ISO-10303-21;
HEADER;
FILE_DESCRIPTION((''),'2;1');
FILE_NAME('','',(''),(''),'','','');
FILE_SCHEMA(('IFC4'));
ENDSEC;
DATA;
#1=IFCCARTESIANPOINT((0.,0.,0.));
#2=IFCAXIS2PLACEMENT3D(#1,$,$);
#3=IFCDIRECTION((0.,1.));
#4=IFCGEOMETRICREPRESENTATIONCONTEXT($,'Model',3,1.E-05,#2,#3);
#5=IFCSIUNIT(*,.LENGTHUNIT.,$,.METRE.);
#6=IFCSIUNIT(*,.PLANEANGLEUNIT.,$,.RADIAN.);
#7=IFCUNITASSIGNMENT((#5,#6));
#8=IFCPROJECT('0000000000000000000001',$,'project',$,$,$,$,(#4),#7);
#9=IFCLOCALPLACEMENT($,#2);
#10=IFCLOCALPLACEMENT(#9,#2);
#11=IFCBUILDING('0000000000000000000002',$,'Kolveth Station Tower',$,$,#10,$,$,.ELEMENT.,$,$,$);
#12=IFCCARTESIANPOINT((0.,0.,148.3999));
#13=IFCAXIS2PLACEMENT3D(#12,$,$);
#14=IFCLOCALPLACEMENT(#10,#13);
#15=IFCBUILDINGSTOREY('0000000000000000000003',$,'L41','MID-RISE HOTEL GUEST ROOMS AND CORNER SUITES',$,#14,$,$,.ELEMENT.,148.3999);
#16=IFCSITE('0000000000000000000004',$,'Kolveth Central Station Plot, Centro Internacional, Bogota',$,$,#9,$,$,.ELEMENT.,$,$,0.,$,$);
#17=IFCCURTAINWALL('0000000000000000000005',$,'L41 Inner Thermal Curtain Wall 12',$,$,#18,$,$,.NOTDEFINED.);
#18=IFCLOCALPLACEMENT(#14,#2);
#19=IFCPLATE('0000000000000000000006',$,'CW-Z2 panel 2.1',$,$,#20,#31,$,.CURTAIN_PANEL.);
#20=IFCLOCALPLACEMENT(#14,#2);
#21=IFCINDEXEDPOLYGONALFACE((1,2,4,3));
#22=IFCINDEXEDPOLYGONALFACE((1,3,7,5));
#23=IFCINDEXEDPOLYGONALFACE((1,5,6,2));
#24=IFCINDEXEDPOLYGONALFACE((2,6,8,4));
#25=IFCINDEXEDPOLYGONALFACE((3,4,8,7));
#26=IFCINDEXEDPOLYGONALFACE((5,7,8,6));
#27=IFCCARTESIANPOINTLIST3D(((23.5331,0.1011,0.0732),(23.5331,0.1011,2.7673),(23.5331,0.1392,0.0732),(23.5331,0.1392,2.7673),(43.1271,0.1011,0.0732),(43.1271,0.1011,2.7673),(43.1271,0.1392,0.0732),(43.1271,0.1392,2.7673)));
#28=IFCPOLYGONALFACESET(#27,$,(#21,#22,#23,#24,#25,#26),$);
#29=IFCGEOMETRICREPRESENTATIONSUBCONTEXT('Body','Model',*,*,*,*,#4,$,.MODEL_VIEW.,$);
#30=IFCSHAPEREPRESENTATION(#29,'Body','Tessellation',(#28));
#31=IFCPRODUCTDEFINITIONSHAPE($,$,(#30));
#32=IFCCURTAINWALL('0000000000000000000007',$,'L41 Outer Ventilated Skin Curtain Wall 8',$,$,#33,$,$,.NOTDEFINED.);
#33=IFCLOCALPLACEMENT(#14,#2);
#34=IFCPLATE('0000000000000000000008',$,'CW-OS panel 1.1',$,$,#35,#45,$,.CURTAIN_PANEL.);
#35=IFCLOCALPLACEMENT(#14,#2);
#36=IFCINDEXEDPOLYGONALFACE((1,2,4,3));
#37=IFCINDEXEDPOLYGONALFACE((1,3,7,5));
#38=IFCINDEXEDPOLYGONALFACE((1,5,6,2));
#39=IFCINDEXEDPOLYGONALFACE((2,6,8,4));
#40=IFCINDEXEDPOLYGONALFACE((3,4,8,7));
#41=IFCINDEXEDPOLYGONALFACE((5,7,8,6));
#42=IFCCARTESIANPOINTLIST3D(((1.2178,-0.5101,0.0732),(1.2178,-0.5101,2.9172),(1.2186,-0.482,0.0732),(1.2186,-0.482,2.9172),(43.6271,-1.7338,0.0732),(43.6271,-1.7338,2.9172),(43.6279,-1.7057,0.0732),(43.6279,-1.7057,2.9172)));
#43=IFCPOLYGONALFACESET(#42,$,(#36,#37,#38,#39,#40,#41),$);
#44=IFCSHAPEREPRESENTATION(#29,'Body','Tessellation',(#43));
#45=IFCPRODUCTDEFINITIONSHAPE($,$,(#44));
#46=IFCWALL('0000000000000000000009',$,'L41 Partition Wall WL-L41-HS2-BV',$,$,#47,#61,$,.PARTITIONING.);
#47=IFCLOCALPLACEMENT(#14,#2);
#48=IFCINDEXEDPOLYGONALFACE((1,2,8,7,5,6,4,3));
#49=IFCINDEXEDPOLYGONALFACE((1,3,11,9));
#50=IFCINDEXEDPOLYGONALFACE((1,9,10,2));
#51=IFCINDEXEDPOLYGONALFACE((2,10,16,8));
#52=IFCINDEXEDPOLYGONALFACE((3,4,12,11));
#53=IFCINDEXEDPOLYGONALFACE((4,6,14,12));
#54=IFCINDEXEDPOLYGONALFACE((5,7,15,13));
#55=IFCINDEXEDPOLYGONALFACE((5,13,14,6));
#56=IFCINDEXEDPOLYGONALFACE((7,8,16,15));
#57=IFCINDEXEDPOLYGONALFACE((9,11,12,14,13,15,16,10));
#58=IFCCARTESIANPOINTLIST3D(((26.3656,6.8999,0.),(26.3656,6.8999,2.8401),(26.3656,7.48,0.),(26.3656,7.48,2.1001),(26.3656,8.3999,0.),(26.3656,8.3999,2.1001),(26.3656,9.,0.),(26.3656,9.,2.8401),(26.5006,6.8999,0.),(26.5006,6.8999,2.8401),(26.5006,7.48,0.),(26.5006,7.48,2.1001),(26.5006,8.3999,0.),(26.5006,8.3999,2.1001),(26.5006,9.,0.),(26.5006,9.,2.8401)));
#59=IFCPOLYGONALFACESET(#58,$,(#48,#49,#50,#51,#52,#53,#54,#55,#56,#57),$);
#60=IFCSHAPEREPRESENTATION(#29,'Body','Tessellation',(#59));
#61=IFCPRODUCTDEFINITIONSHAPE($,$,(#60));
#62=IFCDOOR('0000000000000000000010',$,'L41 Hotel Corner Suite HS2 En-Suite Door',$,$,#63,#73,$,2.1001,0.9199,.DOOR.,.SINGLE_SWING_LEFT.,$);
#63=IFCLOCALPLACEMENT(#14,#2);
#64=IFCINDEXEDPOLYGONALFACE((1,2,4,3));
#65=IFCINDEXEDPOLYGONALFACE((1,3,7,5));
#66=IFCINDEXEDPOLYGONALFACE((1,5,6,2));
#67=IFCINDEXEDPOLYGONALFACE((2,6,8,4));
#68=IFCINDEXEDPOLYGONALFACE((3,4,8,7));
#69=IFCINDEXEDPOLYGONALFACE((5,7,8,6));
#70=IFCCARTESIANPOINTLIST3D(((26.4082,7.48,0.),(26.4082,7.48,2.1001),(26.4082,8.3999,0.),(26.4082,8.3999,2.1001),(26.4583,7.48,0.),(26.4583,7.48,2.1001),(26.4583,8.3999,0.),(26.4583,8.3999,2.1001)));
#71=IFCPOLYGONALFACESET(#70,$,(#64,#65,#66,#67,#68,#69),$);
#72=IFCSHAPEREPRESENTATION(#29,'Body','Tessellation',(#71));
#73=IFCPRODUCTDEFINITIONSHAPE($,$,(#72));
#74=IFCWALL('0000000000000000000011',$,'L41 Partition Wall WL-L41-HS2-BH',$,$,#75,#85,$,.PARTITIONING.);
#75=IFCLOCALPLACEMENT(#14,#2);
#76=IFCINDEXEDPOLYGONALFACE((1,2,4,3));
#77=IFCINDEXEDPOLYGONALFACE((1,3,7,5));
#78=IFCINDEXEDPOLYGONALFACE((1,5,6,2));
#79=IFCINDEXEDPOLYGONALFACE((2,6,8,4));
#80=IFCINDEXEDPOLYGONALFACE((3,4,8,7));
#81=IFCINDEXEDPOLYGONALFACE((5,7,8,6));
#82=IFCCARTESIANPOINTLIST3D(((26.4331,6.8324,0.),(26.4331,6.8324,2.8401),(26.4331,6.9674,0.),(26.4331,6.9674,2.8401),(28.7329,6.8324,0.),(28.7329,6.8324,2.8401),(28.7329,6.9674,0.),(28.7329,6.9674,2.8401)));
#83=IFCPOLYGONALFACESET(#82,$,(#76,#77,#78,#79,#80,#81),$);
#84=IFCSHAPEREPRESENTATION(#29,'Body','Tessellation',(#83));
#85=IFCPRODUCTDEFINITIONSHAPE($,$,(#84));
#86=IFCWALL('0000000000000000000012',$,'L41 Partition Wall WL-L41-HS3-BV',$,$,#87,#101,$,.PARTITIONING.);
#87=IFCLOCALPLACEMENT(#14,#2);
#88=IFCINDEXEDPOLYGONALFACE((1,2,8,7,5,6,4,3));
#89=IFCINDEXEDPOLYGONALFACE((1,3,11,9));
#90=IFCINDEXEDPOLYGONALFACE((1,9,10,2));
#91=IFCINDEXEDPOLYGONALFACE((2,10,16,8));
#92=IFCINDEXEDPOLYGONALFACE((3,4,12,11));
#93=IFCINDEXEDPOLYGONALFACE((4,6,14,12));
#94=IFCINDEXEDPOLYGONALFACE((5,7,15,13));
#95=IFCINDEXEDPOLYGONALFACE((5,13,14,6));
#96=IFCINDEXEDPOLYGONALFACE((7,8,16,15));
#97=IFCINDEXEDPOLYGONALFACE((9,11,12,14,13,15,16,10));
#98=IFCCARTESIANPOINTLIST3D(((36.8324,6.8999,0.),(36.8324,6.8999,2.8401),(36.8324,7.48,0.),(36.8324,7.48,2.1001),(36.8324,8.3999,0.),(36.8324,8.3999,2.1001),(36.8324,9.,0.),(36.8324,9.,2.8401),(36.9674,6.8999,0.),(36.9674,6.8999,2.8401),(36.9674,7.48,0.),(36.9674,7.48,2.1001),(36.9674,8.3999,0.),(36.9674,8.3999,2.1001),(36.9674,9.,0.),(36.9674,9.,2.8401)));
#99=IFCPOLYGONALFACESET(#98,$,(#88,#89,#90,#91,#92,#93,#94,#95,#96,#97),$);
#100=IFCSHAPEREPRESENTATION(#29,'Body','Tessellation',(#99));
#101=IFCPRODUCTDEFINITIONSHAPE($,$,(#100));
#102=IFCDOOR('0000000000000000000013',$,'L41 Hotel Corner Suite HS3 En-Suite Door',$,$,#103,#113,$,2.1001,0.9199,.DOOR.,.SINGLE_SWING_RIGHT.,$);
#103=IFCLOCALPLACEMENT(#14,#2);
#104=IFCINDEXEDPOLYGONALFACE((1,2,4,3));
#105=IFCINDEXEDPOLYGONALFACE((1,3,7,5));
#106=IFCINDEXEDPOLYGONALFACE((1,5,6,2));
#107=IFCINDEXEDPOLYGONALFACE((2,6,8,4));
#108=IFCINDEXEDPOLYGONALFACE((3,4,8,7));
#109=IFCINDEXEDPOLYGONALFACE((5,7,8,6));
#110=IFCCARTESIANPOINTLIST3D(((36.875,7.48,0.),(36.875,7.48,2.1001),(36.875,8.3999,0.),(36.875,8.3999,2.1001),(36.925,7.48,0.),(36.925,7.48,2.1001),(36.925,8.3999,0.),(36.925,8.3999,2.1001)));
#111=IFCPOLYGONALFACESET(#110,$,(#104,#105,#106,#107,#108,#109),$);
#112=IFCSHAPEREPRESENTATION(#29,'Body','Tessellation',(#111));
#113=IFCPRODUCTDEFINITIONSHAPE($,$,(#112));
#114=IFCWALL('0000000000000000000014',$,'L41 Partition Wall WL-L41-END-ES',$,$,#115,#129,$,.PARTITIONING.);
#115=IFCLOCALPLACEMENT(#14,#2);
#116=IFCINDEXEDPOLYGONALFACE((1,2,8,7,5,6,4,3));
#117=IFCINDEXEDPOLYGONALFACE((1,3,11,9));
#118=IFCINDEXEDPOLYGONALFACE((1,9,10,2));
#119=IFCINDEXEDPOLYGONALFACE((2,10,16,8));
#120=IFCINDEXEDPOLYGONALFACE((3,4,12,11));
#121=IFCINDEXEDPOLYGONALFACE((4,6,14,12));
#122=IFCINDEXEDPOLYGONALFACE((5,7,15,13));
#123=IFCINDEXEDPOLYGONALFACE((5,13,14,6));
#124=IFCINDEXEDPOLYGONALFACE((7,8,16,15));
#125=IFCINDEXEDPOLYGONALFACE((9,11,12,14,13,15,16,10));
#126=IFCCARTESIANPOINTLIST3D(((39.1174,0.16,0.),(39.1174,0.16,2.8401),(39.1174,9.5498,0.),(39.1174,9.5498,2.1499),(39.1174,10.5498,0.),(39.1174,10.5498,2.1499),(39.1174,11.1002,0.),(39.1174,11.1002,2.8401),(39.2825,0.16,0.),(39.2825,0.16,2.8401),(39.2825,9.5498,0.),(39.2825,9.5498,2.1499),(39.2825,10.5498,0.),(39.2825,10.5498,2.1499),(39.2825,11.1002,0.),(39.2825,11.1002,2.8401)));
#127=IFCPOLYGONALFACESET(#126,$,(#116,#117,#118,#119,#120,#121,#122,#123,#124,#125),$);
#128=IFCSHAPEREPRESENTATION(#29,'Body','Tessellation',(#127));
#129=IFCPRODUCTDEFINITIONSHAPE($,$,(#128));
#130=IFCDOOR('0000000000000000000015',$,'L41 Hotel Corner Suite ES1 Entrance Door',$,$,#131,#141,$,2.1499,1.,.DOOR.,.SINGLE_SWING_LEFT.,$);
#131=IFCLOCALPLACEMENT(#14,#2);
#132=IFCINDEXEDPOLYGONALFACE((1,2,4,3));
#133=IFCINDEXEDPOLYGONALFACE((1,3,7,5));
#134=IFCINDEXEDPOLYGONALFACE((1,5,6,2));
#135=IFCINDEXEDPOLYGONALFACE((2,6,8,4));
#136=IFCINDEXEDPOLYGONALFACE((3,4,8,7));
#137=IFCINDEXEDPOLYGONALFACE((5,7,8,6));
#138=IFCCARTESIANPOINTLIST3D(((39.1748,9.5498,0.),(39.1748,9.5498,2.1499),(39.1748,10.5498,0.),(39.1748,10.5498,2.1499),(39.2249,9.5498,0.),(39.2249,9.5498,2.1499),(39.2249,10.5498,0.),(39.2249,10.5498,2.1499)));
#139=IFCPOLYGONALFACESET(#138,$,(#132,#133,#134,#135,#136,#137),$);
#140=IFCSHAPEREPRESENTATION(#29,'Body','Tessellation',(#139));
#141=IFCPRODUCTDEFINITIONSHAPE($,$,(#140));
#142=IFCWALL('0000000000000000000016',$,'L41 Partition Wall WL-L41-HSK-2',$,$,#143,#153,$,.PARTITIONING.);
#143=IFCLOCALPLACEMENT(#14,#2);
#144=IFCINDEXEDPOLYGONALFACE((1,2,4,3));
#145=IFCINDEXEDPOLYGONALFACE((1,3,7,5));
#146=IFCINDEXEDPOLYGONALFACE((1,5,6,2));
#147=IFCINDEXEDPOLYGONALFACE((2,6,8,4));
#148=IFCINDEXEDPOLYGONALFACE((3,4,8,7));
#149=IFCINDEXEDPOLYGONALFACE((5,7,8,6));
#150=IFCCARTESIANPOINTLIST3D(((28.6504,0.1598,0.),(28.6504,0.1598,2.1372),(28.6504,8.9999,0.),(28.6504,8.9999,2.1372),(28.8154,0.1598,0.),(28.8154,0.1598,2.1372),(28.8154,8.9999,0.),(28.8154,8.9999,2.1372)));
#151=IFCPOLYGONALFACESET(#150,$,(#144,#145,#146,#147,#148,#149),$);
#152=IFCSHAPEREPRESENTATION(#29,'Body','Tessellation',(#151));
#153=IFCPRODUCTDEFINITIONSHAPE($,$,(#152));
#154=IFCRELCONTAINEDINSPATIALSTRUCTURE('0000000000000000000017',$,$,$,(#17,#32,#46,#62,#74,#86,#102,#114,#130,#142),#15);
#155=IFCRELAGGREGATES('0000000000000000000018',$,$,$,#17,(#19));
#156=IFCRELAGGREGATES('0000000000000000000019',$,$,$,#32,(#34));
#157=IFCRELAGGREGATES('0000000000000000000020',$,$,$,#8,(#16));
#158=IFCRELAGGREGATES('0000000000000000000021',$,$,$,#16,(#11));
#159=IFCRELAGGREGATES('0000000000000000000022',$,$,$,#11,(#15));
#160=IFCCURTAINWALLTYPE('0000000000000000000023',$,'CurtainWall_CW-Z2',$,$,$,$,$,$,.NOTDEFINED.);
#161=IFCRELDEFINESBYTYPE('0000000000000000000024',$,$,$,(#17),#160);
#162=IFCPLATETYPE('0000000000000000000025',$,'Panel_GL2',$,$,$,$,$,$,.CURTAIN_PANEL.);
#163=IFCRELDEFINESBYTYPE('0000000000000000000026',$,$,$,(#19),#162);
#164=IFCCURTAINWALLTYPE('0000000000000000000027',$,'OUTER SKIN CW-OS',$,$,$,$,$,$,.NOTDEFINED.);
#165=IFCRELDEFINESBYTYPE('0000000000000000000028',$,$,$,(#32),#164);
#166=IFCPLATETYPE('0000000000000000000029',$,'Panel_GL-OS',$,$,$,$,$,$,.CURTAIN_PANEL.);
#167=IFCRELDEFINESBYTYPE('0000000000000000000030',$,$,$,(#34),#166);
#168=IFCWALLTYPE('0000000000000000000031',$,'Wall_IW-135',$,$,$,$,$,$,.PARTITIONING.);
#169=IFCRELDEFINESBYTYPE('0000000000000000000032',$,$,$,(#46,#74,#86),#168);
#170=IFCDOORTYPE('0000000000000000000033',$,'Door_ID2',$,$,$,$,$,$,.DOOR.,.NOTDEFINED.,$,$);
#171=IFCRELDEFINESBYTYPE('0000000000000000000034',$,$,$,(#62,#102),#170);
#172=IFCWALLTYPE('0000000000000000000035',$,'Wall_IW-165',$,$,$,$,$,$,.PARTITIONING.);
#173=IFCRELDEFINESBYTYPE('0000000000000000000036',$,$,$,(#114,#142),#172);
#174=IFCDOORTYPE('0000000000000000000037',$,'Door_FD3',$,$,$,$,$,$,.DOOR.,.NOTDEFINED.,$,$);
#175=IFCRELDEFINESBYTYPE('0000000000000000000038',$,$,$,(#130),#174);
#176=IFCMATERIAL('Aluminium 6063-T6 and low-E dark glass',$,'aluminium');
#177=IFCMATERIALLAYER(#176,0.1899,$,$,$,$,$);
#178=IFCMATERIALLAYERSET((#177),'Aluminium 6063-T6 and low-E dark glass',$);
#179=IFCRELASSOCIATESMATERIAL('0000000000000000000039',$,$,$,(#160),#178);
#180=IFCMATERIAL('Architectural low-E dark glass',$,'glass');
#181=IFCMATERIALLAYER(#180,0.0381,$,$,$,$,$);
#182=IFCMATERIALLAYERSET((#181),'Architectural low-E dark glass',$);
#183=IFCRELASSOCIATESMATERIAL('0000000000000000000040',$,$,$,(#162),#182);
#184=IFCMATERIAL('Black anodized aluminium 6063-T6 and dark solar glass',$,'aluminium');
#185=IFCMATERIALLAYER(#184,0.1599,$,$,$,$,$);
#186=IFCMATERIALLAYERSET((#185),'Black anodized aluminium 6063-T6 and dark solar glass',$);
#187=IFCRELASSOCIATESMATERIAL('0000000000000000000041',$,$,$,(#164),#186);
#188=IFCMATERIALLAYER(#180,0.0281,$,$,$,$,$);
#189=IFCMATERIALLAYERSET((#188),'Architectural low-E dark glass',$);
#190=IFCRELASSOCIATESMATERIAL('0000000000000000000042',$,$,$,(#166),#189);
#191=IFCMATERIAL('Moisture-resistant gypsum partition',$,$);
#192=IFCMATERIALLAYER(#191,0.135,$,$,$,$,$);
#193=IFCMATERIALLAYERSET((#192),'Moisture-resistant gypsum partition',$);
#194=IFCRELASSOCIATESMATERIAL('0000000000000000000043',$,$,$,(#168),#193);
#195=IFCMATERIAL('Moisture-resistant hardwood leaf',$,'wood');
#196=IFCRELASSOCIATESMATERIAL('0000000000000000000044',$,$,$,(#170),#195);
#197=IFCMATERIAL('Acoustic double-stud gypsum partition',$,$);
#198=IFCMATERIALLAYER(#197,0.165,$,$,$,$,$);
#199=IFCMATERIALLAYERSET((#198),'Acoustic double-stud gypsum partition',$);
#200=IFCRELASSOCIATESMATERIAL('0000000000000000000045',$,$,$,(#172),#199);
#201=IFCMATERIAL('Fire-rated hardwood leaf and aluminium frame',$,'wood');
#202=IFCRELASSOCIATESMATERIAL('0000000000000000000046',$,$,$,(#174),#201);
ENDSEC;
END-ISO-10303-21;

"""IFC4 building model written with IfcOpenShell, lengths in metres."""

from ifc_helpers import new_model, si_unit, direction, frame, frame_2d, origin, origin_2d, place, context, subcontext, project, spatial, rectangle, extrude, source, transform, mapped, material, layer, layer_set, type_object, element, fill, aggregate, save


model = new_model("IFC4")

# Units and contexts
model_context = context("Model", 3, precision=1e-05, world=origin(), true_north=direction((0.0, 1.0)))
body_context = subcontext(model_context, "Body", "Model", "MODEL_VIEW")
ifc_project = project(units=[si_unit("LENGTHUNIT", "METRE"), si_unit("PLANEANGLEUNIT", "RADIAN")], contexts=[model_context])

# Site, building, storey
site_placement = place(None, origin())
site = spatial("IfcSite", under=ifc_project, at=site_placement, Name="Kolveth Central Station Plot, Centro Internacional, Bogota", CompositionType="ELEMENT", RefElevation=0.0)
building_placement = place(site_placement, origin())
building = spatial("IfcBuilding", under=site, at=building_placement, Name="Kolveth Station Tower", CompositionType="ELEMENT")
storey_placement = place(building_placement, frame((0.0, 0.0, 148.3999)))
storey = spatial("IfcBuildingStorey", under=building, at=storey_placement, Name="L41", Description="MID-RISE HOTEL GUEST ROOMS AND CORNER SUITES", CompositionType="ELEMENT", Elevation=148.3999)

# Curtain wall, plate
ifc_material_1 = material(Name="Aluminium 6063-T6 and low-E dark glass", Category="aluminium")
ifc_layer_1 = layer(ifc_material_1, 0.1899)
ifc_layer_set_1 = layer_set([ifc_layer_1], Name="Aluminium 6063-T6 and low-E dark glass")
curtain_wall_type_1 = type_object("IfcCurtainWallType", Name="CurtainWall_CW-Z2", PredefinedType="NOTDEFINED", material=ifc_layer_set_1)
curtain_wall_1_placement = place(storey_placement, origin())
curtain_wall_1 = element("IfcCurtainWall", 1, at=curtain_wall_1_placement, inside=storey, type_object=curtain_wall_type_1, Name="L41 Inner Thermal Curtain Wall 12", PredefinedType="NOTDEFINED")
ifc_material_2 = material(Name="Architectural low-E dark glass", Category="glass")
ifc_layer_2 = layer(ifc_material_2, 0.0381)
ifc_layer_set_2 = layer_set([ifc_layer_2], Name="Architectural low-E dark glass")
plate_type_1 = type_object("IfcPlateType", Name="Panel_GL2", PredefinedType="CURTAIN_PANEL", material=ifc_layer_set_2)
shared_shape_1 = source(origin(), body_context, "Body", "SweptSolid", [
    extrude(rectangle(XDim=19.594, YDim=0.0381, at=origin_2d()), origin(), (0.0, 0.0, 1.0), 2.6941),
])
plate_1_placement = place(storey_placement, frame((33.3301, 0.1201, 0.0732), z_axis=(0.0, 0.0, 1.0), x_axis=(1.0, 0.0, 0.0)))
plate_1 = element("IfcPlate", 2, at=plate_1_placement, type_object=plate_type_1, Name="CW-Z2 panel 2.1", PredefinedType="CURTAIN_PANEL", context=body_context, shape_type="MappedRepresentation", body=[
    mapped(shared_shape_1, transform((0.0, 0.0, 0.0), x_axis=(1.0, 0.0, 0.0), y_axis=(0.0, 1.0, 0.0), z_axis=(0.0, 0.0, 1.0), scale=1.0)),
])
aggregate(curtain_wall_1, [plate_1])

# Curtain wall, plate
ifc_material_3 = material(Name="Black anodized aluminium 6063-T6 and dark solar glass", Category="aluminium")
ifc_layer_3 = layer(ifc_material_3, 0.1599)
ifc_layer_set_3 = layer_set([ifc_layer_3], Name="Black anodized aluminium 6063-T6 and dark solar glass")
curtain_wall_type_2 = type_object("IfcCurtainWallType", Name="OUTER SKIN CW-OS", PredefinedType="NOTDEFINED", material=ifc_layer_set_3)
curtain_wall_2_placement = place(storey_placement, origin())
curtain_wall_2 = element("IfcCurtainWall", 3, at=curtain_wall_2_placement, inside=storey, type_object=curtain_wall_type_2, Name="L41 Outer Ventilated Skin Curtain Wall 8", PredefinedType="NOTDEFINED")
ifc_layer_4 = layer(ifc_material_2, 0.0281)
ifc_layer_set_4 = layer_set([ifc_layer_4], Name="Architectural low-E dark glass")
plate_type_2 = type_object("IfcPlateType", Name="Panel_GL-OS", PredefinedType="CURTAIN_PANEL", material=ifc_layer_set_4)
shared_shape_2 = source(origin(), body_context, "Body", "SweptSolid", [
    extrude(rectangle(XDim=42.427, YDim=0.0281, at=origin_2d()), origin(), (0.0, 0.0, 1.0), 2.844),
])
plate_2_placement = place(storey_placement, frame((22.4229, -1.1079, 0.0732), z_axis=(0.0, 0.0, 1.0), x_axis=(0.999584, -0.028843, 0.0)))
plate_2 = element("IfcPlate", 4, at=plate_2_placement, type_object=plate_type_2, Name="CW-OS panel 1.1", PredefinedType="CURTAIN_PANEL", context=body_context, shape_type="MappedRepresentation", body=[
    mapped(shared_shape_2, transform((0.0, 0.0, 0.0), x_axis=(1.0, 0.0, 0.0), y_axis=(0.0, 1.0, 0.0), z_axis=(0.0, 0.0, 1.0), scale=1.0)),
])
aggregate(curtain_wall_2, [plate_2])

# Wall, opening, door
ifc_material_4 = material(Name="Moisture-resistant gypsum partition")
ifc_layer_5 = layer(ifc_material_4, 0.135)
ifc_layer_set_5 = layer_set([ifc_layer_5], Name="Moisture-resistant gypsum partition")
wall_type_1 = type_object("IfcWallType", Name="Wall_IW-135", PredefinedType="PARTITIONING", material=ifc_layer_set_5)
wall_1_placement = place(storey_placement, frame((26.4331, 6.8999, 0.0), z_axis=(0.0, 0.0, 1.0), x_axis=(0.0, 1.0, 0.0)))
wall_1 = element("IfcWall", 5, at=wall_1_placement, inside=storey, type_object=wall_type_1, Name="L41 Partition Wall WL-L41-HS2-BV", PredefinedType="PARTITIONING", context=body_context, shape_type="SweptSolid", body=[
    extrude(rectangle(XDim=2.1001, YDim=0.135, at=frame_2d((1.05, 0.0))), origin(), (0.0, 0.0, 1.0), 2.8401),
])
opening_1_placement = place(wall_1_placement, frame((0.5801, 0.0, 0.0)))
opening_1 = element("IfcOpeningElement", 6, at=opening_1_placement, cuts=wall_1, PredefinedType="OPENING", context=body_context, shape_type="SweptSolid", body=[
    extrude(rectangle(XDim=0.9199, YDim=2.1001, at=frame_2d((0.46, 1.05))), frame((0.0, 0.0774, 0.0), z_axis=(0.0, -1.0, 0.0), x_axis=(1.0, 0.0, 0.0)), (0.0, 0.0, 1.0), 0.155),
])
ifc_material_5 = material(Name="Moisture-resistant hardwood leaf", Category="wood")
door_type_1 = type_object("IfcDoorType", Name="Door_ID2", OperationType="NOTDEFINED", PredefinedType="DOOR", material=ifc_material_5)
door_1_placement = place(opening_1_placement, origin())
door_1 = element("IfcDoor", 7, at=door_1_placement, inside=storey, type_object=door_type_1, Name="L41 Hotel Corner Suite HS2 En-Suite Door", OperationType="SINGLE_SWING_LEFT", OverallHeight=2.1001, OverallWidth=0.9199, PredefinedType="DOOR", context=body_context, shape_type="SweptSolid", body=[
    extrude(rectangle(XDim=0.9199, YDim=2.1001, at=frame_2d((0.46, 1.05))), frame((0.0, 0.0249, 0.0), z_axis=(0.0, -1.0, 0.0), x_axis=(1.0, 0.0, 0.0)), (0.0, 0.0, 1.0), 0.05),
])
fill(opening_1, door_1)

# Wall
wall_2_placement = place(storey_placement, frame((26.4331, 6.8999, 0.0), z_axis=(0.0, 0.0, 1.0), x_axis=(1.0, 0.0, 0.0)))
element("IfcWall", 8, at=wall_2_placement, inside=storey, type_object=wall_type_1, Name="L41 Partition Wall WL-L41-HS2-BH", PredefinedType="PARTITIONING", context=body_context, shape_type="SweptSolid", body=[
    extrude(rectangle(XDim=2.2998, YDim=0.135, at=frame_2d((1.1499, 0.0))), origin(), (0.0, 0.0, 1.0), 2.8401),
])

# Walls, openings, doors
wall_3_placement = place(storey_placement, frame((36.8999, 6.8999, 0.0), z_axis=(0.0, 0.0, 1.0), x_axis=(0.0, 1.0, 0.0)))
wall_3 = element("IfcWall", 9, at=wall_3_placement, inside=storey, type_object=wall_type_1, Name="L41 Partition Wall WL-L41-HS3-BV", PredefinedType="PARTITIONING", context=body_context, shape_type="SweptSolid", body=[
    extrude(rectangle(XDim=2.1001, YDim=0.135, at=frame_2d((1.05, 0.0))), origin(), (0.0, 0.0, 1.0), 2.8401),
])
opening_2_placement = place(wall_3_placement, frame((0.5801, 0.0, 0.0)))
opening_2 = element("IfcOpeningElement", 10, at=opening_2_placement, cuts=wall_3, PredefinedType="OPENING", context=body_context, shape_type="SweptSolid", body=[
    extrude(rectangle(XDim=0.9199, YDim=2.1001, at=frame_2d((0.46, 1.05))), frame((0.0, 0.0774, 0.0), z_axis=(0.0, -1.0, 0.0), x_axis=(1.0, 0.0, 0.0)), (0.0, 0.0, 1.0), 0.155),
])
door_2_placement = place(opening_2_placement, origin())
door_2 = element("IfcDoor", 11, at=door_2_placement, inside=storey, type_object=door_type_1, Name="L41 Hotel Corner Suite HS3 En-Suite Door", OperationType="SINGLE_SWING_RIGHT", OverallHeight=2.1001, OverallWidth=0.9199, PredefinedType="DOOR", context=body_context, shape_type="SweptSolid", body=[
    extrude(rectangle(XDim=0.9199, YDim=2.1001, at=frame_2d((0.46, 1.05))), frame((0.0, 0.0249, 0.0), z_axis=(0.0, -1.0, 0.0), x_axis=(1.0, 0.0, 0.0)), (0.0, 0.0, 1.0), 0.05),
])
fill(opening_2, door_2)
ifc_material_6 = material(Name="Acoustic double-stud gypsum partition")
ifc_layer_6 = layer(ifc_material_6, 0.165)
ifc_layer_set_6 = layer_set([ifc_layer_6], Name="Acoustic double-stud gypsum partition")
wall_type_2 = type_object("IfcWallType", Name="Wall_IW-165", PredefinedType="PARTITIONING", material=ifc_layer_set_6)
wall_4_placement = place(storey_placement, frame((39.2, 0.1599, 0.0), z_axis=(0.0, 0.0, 1.0), x_axis=(0.0, 1.0, 0.0)))
wall_4 = element("IfcWall", 12, at=wall_4_placement, inside=storey, type_object=wall_type_2, Name="L41 Partition Wall WL-L41-END-ES", PredefinedType="PARTITIONING", context=body_context, shape_type="SweptSolid", body=[
    extrude(rectangle(XDim=10.9402, YDim=0.165, at=frame_2d((5.4702, 0.0))), origin(), (0.0, 0.0, 1.0), 2.8401),
])
opening_3_placement = place(wall_4_placement, frame((9.3899, 0.0, 0.0)))
opening_3 = element("IfcOpeningElement", 13, at=opening_3_placement, cuts=wall_4, PredefinedType="OPENING", context=body_context, shape_type="SweptSolid", body=[
    extrude(rectangle(XDim=1.0, YDim=2.1499, at=frame_2d((0.5, 1.075))), frame((0.0, 0.0925, 0.0), z_axis=(0.0, -1.0, 0.0), x_axis=(1.0, 0.0, 0.0)), (0.0, 0.0, 1.0), 0.1851),
])
ifc_material_7 = material(Name="Fire-rated hardwood leaf and aluminium frame", Category="wood")
door_type_2 = type_object("IfcDoorType", Name="Door_FD3", OperationType="NOTDEFINED", PredefinedType="DOOR", material=ifc_material_7)
door_3_placement = place(opening_3_placement, frame((1.0, 0.0, 0.0), z_axis=(0.0, 0.0, 1.0), x_axis=(-1.0, 0.0, 0.0)))
door_3 = element("IfcDoor", 14, at=door_3_placement, inside=storey, type_object=door_type_2, Name="L41 Hotel Corner Suite ES1 Entrance Door", OperationType="SINGLE_SWING_LEFT", OverallHeight=2.1499, OverallWidth=1.0, PredefinedType="DOOR", context=body_context, shape_type="SweptSolid", body=[
    extrude(rectangle(XDim=1.0, YDim=2.1499, at=frame_2d((0.5, 1.075))), frame((0.0, 0.0249, 0.0), z_axis=(0.0, -1.0, 0.0), x_axis=(1.0, 0.0, 0.0)), (0.0, 0.0, 1.0), 0.05),
])
fill(opening_3, door_3)

# Wall
wall_5_placement = place(storey_placement, frame((28.7329, 0.1599, 0.0), z_axis=(0.0, 0.0, 1.0), x_axis=(0.0, 1.0, 0.0)))
element("IfcWall", 15, at=wall_5_placement, inside=storey, type_object=wall_type_2, Name="L41 Partition Wall WL-L41-HSK-2", PredefinedType="PARTITIONING", context=body_context, shape_type="SweptSolid", body=[
    extrude(rectangle(XDim=8.8401, YDim=0.165, at=frame_2d((4.4199, 0.0))), origin(), (0.0, 0.0, 1.0), 2.1372),
])

save(model, "model.ifc")
